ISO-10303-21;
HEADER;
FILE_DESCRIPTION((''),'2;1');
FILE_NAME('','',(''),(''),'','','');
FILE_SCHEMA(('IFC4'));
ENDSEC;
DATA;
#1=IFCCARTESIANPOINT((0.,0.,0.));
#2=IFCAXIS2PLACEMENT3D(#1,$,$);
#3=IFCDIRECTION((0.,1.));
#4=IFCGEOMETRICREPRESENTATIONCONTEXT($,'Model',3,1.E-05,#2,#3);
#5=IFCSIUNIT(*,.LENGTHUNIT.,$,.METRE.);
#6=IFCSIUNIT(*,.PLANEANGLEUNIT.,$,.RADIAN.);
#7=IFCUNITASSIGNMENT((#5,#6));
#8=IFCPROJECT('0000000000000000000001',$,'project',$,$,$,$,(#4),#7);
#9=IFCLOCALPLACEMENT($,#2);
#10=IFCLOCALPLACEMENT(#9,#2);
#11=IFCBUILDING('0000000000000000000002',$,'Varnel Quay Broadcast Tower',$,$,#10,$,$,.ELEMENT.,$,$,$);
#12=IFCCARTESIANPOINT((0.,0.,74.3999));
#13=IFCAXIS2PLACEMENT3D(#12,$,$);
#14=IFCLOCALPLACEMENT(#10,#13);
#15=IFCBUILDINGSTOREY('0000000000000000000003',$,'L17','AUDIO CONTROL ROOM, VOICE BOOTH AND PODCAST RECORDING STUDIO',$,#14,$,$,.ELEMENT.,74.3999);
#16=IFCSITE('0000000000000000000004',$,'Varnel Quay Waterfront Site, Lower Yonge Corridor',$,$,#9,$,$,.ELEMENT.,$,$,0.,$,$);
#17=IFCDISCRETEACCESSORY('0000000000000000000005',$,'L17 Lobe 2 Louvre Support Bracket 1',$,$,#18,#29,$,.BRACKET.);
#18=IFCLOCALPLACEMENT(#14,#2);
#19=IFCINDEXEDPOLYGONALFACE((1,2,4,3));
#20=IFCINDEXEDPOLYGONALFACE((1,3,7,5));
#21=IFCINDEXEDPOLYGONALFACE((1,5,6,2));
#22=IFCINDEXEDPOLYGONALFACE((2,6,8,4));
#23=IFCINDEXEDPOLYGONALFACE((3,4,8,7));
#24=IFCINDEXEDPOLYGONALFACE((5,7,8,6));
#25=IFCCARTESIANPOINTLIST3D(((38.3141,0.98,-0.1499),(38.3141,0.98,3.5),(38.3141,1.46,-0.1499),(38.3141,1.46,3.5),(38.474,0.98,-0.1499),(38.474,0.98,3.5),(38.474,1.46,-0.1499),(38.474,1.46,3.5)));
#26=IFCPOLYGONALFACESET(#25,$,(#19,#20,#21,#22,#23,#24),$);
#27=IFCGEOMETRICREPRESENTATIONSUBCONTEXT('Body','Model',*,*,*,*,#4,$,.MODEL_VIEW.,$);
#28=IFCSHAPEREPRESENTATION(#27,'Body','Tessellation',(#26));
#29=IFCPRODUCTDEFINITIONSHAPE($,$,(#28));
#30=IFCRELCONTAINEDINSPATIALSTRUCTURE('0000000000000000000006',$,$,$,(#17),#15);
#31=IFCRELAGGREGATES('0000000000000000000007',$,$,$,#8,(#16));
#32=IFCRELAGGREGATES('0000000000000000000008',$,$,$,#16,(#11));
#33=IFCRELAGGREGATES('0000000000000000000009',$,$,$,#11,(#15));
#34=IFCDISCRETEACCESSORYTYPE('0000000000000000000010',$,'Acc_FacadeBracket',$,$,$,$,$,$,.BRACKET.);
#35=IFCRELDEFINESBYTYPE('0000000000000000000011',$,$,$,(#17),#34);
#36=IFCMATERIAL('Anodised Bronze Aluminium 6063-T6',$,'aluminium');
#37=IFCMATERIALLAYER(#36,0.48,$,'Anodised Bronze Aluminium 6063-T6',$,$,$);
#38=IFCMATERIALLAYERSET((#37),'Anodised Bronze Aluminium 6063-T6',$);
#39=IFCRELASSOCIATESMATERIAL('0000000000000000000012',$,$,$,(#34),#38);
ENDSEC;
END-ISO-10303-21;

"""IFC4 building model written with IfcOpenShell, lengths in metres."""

from ifc_helpers import new_model, si_unit, direction, frame, origin, origin_2d, place, context, subcontext, project, spatial, rectangle, extrude, source, transform, mapped, material, layer, layer_set, type_object, type_shapes, element, save


model = new_model("IFC4")

# Units and contexts
model_context = context("Model", 3, precision=1e-05, world=origin(), true_north=direction((0.0, 1.0)))
body_context = subcontext(model_context, "Body", "Model", "MODEL_VIEW")
ifc_project = project(units=[si_unit("LENGTHUNIT", "METRE"), si_unit("PLANEANGLEUNIT", "RADIAN")], contexts=[model_context])

# Site, building, storey
site_placement = place(None, origin())
site = spatial("IfcSite", under=ifc_project, at=site_placement, Name="Varnel Quay Waterfront Site, Lower Yonge Corridor", CompositionType="ELEMENT", RefElevation=0.0)
building_placement = place(site_placement, origin())
building = spatial("IfcBuilding", under=site, at=building_placement, Name="Varnel Quay Broadcast Tower", CompositionType="ELEMENT")
storey_placement = place(building_placement, frame((0.0, 0.0, 74.3999)))
storey = spatial("IfcBuildingStorey", under=building, at=storey_placement, Name="L17", Description="AUDIO CONTROL ROOM, VOICE BOOTH AND PODCAST RECORDING STUDIO", CompositionType="ELEMENT", Elevation=74.3999)

# Shared definitions
ifc_material_1 = material(Name="Anodised Bronze Aluminium 6063-T6", Category="aluminium")

# Discrete accessory
ifc_layer_1 = layer(ifc_material_1, 0.48, Name="Anodised Bronze Aluminium 6063-T6")
ifc_layer_set_1 = layer_set([ifc_layer_1], Name="Anodised Bronze Aluminium 6063-T6")
discrete_accessory_type = type_object("IfcDiscreteAccessoryType", Name="Acc_FacadeBracket", PredefinedType="BRACKET", material=ifc_layer_set_1)
shared_shape_1 = source(origin(), body_context, "Body", "SweptSolid", [
    extrude(rectangle(XDim=0.1599, YDim=0.48, at=origin_2d()), origin(), (0.0, 0.0, 1.0), 3.6499),
])
type_shapes(discrete_accessory_type, [shared_shape_1])
for number, where, z_axis, x_axis, name in (
    (1, (38.394, 1.22, -0.1499), (0.0, 0.0, 1.0), (1.0, 0.0, 0.0), "L17 Lobe 2 Louvre Support Bracket 1"),
):
    element("IfcDiscreteAccessory", number, at=place(storey_placement, frame(where, z_axis=z_axis, x_axis=x_axis)), inside=storey, type_object=discrete_accessory_type, Name=name, PredefinedType="BRACKET", context=body_context, shape_type="MappedRepresentation", body=[
        mapped(shared_shape_1, transform((0.0, 0.0, 0.0), x_axis=(1.0, 0.0, 0.0), y_axis=(0.0, 1.0, 0.0), z_axis=(0.0, 0.0, 1.0), scale=1.0)),
    ])

save(model, "model.ifc")
